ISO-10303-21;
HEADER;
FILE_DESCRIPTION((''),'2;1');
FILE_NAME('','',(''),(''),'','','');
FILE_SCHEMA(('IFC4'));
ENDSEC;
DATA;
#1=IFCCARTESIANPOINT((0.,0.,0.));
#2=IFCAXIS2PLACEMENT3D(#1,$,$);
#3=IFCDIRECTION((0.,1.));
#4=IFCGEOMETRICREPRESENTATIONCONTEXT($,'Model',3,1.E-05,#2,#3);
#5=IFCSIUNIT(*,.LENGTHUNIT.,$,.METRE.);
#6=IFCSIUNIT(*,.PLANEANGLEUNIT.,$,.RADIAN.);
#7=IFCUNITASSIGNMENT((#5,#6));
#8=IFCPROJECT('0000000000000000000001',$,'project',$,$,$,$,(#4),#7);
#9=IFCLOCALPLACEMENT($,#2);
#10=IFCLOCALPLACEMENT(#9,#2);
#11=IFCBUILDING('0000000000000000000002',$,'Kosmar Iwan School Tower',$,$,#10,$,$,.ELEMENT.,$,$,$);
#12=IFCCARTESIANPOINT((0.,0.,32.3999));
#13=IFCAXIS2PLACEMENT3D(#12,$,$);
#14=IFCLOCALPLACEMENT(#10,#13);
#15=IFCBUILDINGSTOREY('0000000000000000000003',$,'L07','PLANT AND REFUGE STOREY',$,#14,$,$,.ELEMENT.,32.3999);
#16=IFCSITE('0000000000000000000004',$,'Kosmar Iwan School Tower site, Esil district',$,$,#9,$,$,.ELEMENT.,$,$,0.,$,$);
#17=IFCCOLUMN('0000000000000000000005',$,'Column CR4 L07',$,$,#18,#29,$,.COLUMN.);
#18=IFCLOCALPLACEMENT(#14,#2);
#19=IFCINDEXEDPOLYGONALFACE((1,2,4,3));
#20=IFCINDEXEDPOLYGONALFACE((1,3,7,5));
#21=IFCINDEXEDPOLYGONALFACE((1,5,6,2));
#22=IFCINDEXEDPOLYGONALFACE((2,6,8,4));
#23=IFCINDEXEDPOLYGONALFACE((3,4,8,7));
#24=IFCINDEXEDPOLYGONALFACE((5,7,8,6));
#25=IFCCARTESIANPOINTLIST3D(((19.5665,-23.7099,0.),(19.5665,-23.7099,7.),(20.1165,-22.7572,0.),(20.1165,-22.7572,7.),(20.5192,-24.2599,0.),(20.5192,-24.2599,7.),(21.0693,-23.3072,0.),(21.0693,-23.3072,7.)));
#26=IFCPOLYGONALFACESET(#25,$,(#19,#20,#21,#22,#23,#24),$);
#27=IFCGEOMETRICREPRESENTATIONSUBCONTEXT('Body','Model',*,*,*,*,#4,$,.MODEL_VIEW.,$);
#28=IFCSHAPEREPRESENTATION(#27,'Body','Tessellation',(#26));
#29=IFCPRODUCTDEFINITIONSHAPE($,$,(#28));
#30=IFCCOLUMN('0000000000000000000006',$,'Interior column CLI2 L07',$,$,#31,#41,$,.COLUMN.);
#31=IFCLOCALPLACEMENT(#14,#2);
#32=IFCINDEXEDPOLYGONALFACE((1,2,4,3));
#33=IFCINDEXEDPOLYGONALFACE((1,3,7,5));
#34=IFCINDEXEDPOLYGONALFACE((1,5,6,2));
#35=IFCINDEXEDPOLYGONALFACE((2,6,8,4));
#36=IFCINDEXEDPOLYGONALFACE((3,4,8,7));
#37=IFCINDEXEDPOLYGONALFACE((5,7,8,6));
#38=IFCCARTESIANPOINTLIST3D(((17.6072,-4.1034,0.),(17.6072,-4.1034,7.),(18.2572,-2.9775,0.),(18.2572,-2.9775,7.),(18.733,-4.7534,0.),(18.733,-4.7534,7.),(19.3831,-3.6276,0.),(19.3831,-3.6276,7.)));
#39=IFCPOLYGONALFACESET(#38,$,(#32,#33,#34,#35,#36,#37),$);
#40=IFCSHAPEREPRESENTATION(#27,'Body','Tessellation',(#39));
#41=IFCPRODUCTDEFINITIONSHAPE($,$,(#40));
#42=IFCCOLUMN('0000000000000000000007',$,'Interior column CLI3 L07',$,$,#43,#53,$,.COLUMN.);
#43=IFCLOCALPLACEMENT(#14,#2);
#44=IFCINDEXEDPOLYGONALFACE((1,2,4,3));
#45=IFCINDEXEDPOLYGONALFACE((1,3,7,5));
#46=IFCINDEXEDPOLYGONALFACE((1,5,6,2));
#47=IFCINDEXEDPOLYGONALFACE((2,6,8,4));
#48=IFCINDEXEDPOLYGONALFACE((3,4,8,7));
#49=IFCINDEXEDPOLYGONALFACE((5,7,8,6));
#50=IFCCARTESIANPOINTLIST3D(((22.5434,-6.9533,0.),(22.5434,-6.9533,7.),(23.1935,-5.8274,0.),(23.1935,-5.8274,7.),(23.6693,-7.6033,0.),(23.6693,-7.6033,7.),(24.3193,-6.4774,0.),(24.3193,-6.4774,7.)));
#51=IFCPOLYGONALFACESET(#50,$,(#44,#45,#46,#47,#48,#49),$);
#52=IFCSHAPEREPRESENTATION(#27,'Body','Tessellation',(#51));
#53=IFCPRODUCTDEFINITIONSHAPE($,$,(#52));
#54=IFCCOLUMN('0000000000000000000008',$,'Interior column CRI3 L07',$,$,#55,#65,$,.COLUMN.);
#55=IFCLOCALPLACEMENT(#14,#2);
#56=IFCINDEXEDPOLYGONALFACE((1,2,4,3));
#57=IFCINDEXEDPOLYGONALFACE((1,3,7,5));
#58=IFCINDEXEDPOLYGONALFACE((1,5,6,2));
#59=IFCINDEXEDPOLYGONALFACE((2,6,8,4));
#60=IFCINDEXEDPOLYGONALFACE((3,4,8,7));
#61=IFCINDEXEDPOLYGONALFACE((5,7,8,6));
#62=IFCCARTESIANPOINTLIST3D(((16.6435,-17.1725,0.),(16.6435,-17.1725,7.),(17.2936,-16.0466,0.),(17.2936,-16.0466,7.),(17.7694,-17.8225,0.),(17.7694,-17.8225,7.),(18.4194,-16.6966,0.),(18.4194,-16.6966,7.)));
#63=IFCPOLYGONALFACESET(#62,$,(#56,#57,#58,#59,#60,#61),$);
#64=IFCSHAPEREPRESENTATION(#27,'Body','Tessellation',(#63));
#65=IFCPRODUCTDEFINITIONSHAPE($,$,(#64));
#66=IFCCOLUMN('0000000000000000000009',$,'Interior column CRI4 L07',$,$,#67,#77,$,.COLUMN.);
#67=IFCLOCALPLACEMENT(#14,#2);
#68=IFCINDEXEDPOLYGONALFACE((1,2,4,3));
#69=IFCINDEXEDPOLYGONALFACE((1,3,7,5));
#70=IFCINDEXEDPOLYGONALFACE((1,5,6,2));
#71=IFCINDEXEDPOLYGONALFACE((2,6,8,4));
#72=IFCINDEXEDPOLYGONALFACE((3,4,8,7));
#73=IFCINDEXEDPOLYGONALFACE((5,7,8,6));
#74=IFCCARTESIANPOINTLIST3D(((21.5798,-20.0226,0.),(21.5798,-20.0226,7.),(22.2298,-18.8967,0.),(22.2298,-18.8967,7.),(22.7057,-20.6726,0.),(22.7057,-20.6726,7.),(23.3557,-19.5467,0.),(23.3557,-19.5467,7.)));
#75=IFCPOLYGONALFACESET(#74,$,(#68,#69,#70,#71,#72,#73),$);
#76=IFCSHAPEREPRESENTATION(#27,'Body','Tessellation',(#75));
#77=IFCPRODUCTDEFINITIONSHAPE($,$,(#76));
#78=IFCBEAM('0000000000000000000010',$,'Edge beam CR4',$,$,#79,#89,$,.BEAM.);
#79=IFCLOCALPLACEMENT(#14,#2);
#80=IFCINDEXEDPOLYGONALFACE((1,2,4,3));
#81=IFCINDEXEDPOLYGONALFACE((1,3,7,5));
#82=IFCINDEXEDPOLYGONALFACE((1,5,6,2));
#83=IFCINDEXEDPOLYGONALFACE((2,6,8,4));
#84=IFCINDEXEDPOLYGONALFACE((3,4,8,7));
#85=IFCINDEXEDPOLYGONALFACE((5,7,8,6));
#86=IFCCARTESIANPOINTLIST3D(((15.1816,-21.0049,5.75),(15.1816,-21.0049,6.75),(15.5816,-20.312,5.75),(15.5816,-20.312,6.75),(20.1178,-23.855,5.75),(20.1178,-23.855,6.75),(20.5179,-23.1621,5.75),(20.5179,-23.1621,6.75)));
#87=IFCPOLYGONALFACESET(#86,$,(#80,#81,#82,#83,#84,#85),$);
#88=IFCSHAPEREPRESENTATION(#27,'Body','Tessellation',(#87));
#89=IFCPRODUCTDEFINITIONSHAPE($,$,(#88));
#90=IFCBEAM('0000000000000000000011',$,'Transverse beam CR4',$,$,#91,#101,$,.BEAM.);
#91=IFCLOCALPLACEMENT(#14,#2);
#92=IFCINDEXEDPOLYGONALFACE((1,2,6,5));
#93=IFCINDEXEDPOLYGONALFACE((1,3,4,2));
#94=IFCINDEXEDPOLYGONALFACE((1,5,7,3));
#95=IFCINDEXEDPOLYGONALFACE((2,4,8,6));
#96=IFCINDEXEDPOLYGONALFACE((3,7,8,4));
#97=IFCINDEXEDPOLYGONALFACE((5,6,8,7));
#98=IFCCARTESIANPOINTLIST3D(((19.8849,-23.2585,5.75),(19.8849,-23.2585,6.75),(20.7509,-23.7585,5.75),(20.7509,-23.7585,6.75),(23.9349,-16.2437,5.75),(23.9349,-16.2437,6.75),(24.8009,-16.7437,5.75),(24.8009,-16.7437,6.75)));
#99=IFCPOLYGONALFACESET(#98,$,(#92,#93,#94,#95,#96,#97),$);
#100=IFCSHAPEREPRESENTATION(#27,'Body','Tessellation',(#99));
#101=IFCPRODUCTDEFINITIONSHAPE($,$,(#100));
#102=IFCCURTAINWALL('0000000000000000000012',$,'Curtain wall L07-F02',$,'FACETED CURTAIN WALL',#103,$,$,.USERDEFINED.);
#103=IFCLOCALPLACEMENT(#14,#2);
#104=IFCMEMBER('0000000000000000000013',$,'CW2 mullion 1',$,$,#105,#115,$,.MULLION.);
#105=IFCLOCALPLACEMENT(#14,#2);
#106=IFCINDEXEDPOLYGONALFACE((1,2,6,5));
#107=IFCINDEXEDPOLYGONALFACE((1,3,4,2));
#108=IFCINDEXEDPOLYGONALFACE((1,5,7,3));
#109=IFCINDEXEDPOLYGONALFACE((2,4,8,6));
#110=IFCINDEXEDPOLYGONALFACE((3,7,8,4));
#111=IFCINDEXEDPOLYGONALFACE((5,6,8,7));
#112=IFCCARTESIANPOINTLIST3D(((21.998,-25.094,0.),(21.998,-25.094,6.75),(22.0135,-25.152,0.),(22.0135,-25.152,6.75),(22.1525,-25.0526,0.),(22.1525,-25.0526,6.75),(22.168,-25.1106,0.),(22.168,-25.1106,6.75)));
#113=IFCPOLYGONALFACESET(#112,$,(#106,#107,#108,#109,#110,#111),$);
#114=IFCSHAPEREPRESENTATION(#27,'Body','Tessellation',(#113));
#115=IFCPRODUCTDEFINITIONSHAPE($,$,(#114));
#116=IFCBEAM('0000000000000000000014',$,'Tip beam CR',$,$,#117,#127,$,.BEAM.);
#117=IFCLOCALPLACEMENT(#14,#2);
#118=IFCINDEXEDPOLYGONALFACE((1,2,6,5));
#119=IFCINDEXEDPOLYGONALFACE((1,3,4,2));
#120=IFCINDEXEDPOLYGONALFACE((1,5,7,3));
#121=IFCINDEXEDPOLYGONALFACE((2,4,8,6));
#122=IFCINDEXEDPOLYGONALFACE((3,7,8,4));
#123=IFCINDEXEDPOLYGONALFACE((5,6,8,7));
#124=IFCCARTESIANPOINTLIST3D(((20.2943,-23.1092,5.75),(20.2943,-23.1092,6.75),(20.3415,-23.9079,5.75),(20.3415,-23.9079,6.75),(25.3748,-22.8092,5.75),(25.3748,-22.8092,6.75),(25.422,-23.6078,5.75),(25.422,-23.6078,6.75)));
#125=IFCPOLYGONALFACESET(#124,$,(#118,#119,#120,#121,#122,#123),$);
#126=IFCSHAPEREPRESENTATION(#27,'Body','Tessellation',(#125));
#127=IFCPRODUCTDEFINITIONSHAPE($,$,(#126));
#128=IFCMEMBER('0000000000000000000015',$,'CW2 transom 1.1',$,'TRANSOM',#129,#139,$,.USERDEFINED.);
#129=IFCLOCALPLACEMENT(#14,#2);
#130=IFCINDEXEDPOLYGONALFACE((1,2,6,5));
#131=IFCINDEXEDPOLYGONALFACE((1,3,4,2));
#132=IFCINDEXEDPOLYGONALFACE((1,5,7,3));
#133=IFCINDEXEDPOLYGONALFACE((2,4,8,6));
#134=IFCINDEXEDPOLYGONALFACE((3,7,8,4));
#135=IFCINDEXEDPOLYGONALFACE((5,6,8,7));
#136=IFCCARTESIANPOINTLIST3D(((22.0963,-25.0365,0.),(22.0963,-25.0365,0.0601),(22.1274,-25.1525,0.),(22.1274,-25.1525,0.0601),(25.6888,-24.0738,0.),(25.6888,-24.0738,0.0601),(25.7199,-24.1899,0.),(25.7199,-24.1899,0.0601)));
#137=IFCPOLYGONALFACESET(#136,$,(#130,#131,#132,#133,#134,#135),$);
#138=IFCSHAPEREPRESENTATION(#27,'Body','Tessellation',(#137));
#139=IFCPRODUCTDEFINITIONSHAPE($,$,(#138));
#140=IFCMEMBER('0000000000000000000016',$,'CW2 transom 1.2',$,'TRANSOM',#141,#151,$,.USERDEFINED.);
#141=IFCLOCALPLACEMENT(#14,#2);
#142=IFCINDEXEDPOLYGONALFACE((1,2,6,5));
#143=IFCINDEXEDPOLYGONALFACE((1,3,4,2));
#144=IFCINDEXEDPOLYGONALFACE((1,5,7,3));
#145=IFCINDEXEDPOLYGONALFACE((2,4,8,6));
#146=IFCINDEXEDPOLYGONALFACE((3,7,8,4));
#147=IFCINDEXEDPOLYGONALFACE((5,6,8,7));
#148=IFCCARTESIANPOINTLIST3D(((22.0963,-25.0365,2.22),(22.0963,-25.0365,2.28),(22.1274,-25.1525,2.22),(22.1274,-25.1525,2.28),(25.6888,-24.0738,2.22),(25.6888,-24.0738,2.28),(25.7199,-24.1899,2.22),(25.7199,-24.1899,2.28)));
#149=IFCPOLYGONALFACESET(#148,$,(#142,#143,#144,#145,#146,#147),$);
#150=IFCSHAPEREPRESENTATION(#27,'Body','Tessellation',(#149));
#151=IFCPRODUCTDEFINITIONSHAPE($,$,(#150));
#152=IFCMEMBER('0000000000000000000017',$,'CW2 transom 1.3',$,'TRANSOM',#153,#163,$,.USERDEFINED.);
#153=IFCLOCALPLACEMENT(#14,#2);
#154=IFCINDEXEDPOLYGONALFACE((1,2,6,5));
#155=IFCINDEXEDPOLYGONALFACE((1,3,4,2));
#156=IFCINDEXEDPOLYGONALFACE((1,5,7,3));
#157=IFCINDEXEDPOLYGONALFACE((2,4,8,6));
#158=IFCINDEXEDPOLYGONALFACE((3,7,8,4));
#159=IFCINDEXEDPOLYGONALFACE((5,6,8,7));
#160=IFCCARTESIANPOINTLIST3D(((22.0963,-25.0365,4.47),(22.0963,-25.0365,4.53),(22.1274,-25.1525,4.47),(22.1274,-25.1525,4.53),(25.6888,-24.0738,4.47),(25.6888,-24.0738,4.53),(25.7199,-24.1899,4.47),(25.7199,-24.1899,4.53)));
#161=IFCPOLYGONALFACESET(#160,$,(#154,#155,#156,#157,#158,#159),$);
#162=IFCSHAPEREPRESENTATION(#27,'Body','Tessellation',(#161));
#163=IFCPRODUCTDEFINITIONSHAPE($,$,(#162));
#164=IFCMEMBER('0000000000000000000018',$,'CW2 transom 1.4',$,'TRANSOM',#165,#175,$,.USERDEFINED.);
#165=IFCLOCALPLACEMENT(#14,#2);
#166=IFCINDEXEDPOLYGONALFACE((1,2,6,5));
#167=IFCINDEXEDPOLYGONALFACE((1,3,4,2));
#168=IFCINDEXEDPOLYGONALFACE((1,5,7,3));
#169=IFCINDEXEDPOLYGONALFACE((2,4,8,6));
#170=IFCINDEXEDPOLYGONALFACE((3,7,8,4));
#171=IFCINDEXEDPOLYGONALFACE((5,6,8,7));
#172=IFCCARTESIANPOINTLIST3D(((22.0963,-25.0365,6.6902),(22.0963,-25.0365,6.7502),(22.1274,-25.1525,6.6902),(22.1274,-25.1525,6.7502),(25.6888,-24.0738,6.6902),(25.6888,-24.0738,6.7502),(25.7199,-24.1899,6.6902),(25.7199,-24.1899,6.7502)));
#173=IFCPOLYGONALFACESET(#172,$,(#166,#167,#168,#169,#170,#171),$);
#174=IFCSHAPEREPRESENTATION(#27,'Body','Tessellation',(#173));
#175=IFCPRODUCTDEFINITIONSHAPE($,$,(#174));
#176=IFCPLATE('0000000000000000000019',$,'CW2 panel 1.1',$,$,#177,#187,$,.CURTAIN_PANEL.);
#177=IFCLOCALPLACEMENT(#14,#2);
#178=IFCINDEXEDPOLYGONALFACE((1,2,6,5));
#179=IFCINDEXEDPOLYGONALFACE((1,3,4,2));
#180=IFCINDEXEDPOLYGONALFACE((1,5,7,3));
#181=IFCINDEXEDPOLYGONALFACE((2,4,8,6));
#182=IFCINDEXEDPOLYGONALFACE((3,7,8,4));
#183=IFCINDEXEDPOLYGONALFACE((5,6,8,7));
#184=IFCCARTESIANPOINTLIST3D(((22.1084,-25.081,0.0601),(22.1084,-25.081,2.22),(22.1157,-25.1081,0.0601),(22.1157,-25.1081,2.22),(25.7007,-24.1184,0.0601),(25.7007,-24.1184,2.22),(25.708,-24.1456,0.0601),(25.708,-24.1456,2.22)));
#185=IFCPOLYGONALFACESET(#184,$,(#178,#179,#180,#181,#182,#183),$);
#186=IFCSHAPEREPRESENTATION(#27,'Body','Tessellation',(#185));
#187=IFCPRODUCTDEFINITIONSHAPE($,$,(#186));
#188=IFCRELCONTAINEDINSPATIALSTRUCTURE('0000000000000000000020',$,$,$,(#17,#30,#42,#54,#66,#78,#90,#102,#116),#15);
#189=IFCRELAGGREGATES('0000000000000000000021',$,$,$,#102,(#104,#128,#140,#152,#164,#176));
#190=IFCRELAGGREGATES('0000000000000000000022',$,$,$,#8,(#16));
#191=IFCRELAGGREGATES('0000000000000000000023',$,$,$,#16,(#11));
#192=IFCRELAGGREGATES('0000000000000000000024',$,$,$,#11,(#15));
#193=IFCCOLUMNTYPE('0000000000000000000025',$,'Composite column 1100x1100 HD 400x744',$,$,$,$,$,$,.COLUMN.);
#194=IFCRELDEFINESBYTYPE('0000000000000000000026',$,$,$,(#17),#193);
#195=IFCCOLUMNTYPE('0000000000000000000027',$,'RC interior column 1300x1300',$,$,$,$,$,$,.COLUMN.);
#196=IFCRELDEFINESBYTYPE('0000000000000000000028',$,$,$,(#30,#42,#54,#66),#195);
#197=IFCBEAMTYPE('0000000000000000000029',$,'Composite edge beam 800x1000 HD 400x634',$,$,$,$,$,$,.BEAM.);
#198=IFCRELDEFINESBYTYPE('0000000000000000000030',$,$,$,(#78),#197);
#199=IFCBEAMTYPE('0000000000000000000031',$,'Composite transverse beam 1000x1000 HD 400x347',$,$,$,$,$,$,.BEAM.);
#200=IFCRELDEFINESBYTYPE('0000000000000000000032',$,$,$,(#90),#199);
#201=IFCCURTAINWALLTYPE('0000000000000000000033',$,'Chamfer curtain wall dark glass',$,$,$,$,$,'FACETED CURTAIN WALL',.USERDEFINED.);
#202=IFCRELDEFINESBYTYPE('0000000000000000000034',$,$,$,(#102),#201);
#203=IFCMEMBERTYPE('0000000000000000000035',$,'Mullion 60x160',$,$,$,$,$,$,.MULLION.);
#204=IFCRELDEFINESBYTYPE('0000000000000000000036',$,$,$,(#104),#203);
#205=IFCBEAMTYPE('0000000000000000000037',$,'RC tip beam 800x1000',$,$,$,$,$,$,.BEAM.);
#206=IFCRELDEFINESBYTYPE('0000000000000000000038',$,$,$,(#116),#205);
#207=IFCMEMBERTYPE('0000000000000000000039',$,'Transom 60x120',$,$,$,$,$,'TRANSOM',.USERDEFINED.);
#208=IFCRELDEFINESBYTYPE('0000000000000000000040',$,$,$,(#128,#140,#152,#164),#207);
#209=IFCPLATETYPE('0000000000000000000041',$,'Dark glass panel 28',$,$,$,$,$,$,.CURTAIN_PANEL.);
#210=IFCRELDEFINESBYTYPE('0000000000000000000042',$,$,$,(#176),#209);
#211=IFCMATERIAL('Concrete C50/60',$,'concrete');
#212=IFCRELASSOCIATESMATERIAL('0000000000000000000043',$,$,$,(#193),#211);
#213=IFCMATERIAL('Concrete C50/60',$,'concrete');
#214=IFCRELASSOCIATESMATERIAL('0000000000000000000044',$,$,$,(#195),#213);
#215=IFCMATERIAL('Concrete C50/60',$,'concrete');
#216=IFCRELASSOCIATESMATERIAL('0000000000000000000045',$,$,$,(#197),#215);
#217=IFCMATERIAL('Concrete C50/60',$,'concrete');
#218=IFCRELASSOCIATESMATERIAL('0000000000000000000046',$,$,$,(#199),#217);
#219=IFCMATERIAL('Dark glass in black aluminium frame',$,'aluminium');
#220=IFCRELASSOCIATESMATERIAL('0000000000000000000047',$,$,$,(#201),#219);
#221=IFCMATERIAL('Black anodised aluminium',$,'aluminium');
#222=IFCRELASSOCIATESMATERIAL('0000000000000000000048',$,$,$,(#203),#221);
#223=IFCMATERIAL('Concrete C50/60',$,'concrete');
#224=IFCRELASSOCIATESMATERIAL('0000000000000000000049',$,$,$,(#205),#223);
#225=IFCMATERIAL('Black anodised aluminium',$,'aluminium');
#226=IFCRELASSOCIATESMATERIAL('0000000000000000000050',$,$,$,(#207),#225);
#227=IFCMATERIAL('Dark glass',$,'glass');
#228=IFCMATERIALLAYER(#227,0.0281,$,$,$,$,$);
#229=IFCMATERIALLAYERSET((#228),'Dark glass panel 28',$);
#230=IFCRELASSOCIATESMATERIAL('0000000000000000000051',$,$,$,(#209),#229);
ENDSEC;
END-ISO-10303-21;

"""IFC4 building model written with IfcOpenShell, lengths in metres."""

from ifc_helpers import new_model, si_unit, direction, frame, origin, origin_2d, place, context, subcontext, project, spatial, rectangle, extrude, material, layer, layer_set, material_profile, profile_set, type_object, element, aggregate, save


model = new_model("IFC4")

# Units and contexts
model_context = context("Model", 3, precision=1e-05, world=origin(), true_north=direction((0.0, 1.0)))
body_context = subcontext(model_context, "Body", "Model", "MODEL_VIEW")
ifc_project = project(units=[si_unit("LENGTHUNIT", "METRE"), si_unit("PLANEANGLEUNIT", "RADIAN")], contexts=[model_context])

# Site, building, storey
site_placement = place(None, origin())
site = spatial("IfcSite", under=ifc_project, at=site_placement, Name="Kosmar Iwan School Tower site, Esil district", CompositionType="ELEMENT", RefElevation=0.0)
building_placement = place(site_placement, origin())
building = spatial("IfcBuilding", under=site, at=building_placement, Name="Kosmar Iwan School Tower", CompositionType="ELEMENT")
storey_placement = place(building_placement, frame((0.0, 0.0, 32.3999)))
storey = spatial("IfcBuildingStorey", under=building, at=storey_placement, Name="L07", Description="PLANT AND REFUGE STOREY", CompositionType="ELEMENT", Elevation=32.3999)

# Columns
ifc_material_1 = material(Name="Concrete C50/60", Category="concrete")
ifc_material_profile_1 = material_profile(ifc_material_1, rectangle(XDim=1.1001, YDim=1.1001, at=origin_2d()), Name="RC 1100x1100 + HD 400x744")
ifc_profile_set_1 = profile_set([ifc_material_profile_1], Name="Concrete C50/60")
column_type_1 = type_object("IfcColumnType", Name="Composite column 1100x1100 HD 400x744", PredefinedType="COLUMN", material=ifc_profile_set_1)
column_placement = place(storey_placement, frame((20.3179, -23.5085, 0.0), z_axis=(0.0, 0.0, 1.0), x_axis=(0.866025, -0.5, 0.0)))
element("IfcColumn", 1, at=column_placement, inside=storey, type_object=column_type_1, Name="Column CR4 L07", PredefinedType="COLUMN", context=body_context, shape_type="SweptSolid", body=[
    extrude(rectangle(XDim=1.1001, YDim=1.1001, at=origin_2d()), origin(), (0.0, 0.0, 1.0), 7.0),
])
ifc_material_2 = material(Name="Concrete C50/60", Category="concrete")
ifc_material_profile_2 = material_profile(ifc_material_2, rectangle(XDim=1.3, YDim=1.3, at=origin_2d()), Name="RC 1300x1300")
ifc_profile_set_2 = profile_set([ifc_material_profile_2], Name="Concrete C50/60")
column_type_2 = type_object("IfcColumnType", Name="RC interior column 1300x1300", PredefinedType="COLUMN", material=ifc_profile_set_2)
for number, where, z_axis, x_axis, name in (
    (2, (18.4951, -3.8655, 0.0), (0.0, 0.0, 1.0), (0.866025, -0.5, 0.0), "Interior column CLI2 L07"),
    (3, (23.4314, -6.7153, 0.0), (0.0, 0.0, 1.0), (0.866025, -0.5, 0.0), "Interior column CLI3 L07"),
    (4, (17.5315, -16.9346, 0.0), (0.0, 0.0, 1.0), (0.866025, -0.5, 0.0), "Interior column CRI3 L07"),
    (5, (22.4678, -19.7847, 0.0), (0.0, 0.0, 1.0), (0.866025, -0.5, 0.0), "Interior column CRI4 L07"),
):
    element("IfcColumn", number, at=place(storey_placement, frame(where, z_axis=z_axis, x_axis=x_axis)), inside=storey, type_object=column_type_2, Name=name, PredefinedType="COLUMN", context=body_context, shape_type="SweptSolid", body=[
        extrude(rectangle(XDim=1.3, YDim=1.3, at=origin_2d()), origin(), (0.0, 0.0, 1.0), 7.0),
    ])

# Beams
ifc_material_3 = material(Name="Concrete C50/60", Category="concrete")
ifc_material_profile_3 = material_profile(ifc_material_3, rectangle(XDim=0.8, YDim=1.0, at=origin_2d()), Name="RC 800x1000 + HD 400x634")
ifc_profile_set_3 = profile_set([ifc_material_profile_3], Name="Concrete C50/60")
beam_type_1 = type_object("IfcBeamType", Name="Composite edge beam 800x1000 HD 400x634", PredefinedType="BEAM", material=ifc_profile_set_3)
beam_1_placement = place(storey_placement, frame((15.3816, -20.6584, 6.25), z_axis=(0.866015, -0.500018, 0.0), x_axis=(0.500018, 0.866015, 0.0)))
element("IfcBeam", 6, at=beam_1_placement, inside=storey, type_object=beam_type_1, Name="Edge beam CR4", PredefinedType="BEAM", context=body_context, shape_type="SweptSolid", body=[
    extrude(rectangle(XDim=0.8, YDim=1.0, at=origin_2d()), origin(), (0.0, 0.0, 1.0), 5.7),
])
ifc_material_4 = material(Name="Concrete C50/60", Category="concrete")
ifc_material_profile_4 = material_profile(ifc_material_4, rectangle(XDim=1.0, YDim=1.0, at=origin_2d()), Name="RC 1000x1000 + HD 400x347")
ifc_profile_set_4 = profile_set([ifc_material_profile_4], Name="Concrete C50/60")
beam_type_2 = type_object("IfcBeamType", Name="Composite transverse beam 1000x1000 HD 400x347", PredefinedType="BEAM", material=ifc_profile_set_4)
beam_2_placement = place(storey_placement, frame((20.3179, -23.5085, 6.25), z_axis=(0.5, 0.866025, 0.0), x_axis=(-0.866025, 0.5, 0.0)))
element("IfcBeam", 7, at=beam_2_placement, inside=storey, type_object=beam_type_2, Name="Transverse beam CR4", PredefinedType="BEAM", context=body_context, shape_type="SweptSolid", body=[
    extrude(rectangle(XDim=1.0, YDim=1.0, at=origin_2d()), origin(), (0.0, 0.0, 1.0), 8.1001),
])

# Curtain wall, member
ifc_material_5 = material(Name="Dark glass in black aluminium frame", Category="aluminium")
curtain_wall_type = type_object("IfcCurtainWallType", Name="Chamfer curtain wall dark glass", ElementType="FACETED CURTAIN WALL", PredefinedType="USERDEFINED", material=ifc_material_5)
curtain_wall_placement = place(storey_placement, origin())
curtain_wall = element("IfcCurtainWall", 8, at=curtain_wall_placement, inside=storey, type_object=curtain_wall_type, Name="Curtain wall L07-F02", ObjectType="FACETED CURTAIN WALL", PredefinedType="USERDEFINED")
ifc_material_6 = material(Name="Black anodised aluminium", Category="aluminium")
ifc_material_profile_5 = material_profile(ifc_material_6, rectangle(XDim=0.0601, YDim=0.1599, at=origin_2d()), Name="MULLION 60x160")
ifc_profile_set_5 = profile_set([ifc_material_profile_5], Name="Black anodised aluminium")
member_type_1 = type_object("IfcMemberType", Name="Mullion 60x160", PredefinedType="MULLION", material=ifc_profile_set_5)
member_1_placement = place(storey_placement, frame((22.083, -25.1023, 0.0), z_axis=(0.0, 0.0, 1.0), x_axis=(-0.258819, 0.965926, 0.0)))
member_1 = element("IfcMember", 9, at=member_1_placement, type_object=member_type_1, Name="CW2 mullion 1", PredefinedType="MULLION", context=body_context, shape_type="SweptSolid", body=[
    extrude(rectangle(XDim=0.0601, YDim=0.1599, at=origin_2d()), origin(), (0.0, 0.0, 1.0), 6.75),
])

# Beam
ifc_material_7 = material(Name="Concrete C50/60", Category="concrete")
ifc_material_profile_6 = material_profile(ifc_material_7, rectangle(XDim=0.8, YDim=1.0, at=origin_2d()), Name="RC 800x1000")
ifc_profile_set_6 = profile_set([ifc_material_profile_6], Name="Concrete C50/60")
beam_type_3 = type_object("IfcBeamType", Name="RC tip beam 800x1000", PredefinedType="BEAM", material=ifc_profile_set_6)
beam_3_placement = place(storey_placement, frame((20.3179, -23.5085, 6.25), z_axis=(0.998261, 0.058955, 0.0), x_axis=(-0.058955, 0.998261, 0.0)))
element("IfcBeam", 10, at=beam_3_placement, inside=storey, type_object=beam_type_3, Name="Tip beam CR", PredefinedType="BEAM", context=body_context, shape_type="SweptSolid", body=[
    extrude(rectangle(XDim=0.8, YDim=1.0, at=origin_2d()), origin(), (0.0, 0.0, 1.0), 5.0894),
])

# Members
ifc_material_8 = material(Name="Black anodised aluminium", Category="aluminium")
ifc_material_profile_7 = material_profile(ifc_material_8, rectangle(XDim=0.1201, YDim=0.0601, at=origin_2d()), Name="TRANSOM 60x120")
ifc_profile_set_7 = profile_set([ifc_material_profile_7], Name="Black anodised aluminium")
member_type_2 = type_object("IfcMemberType", Name="Transom 60x120", ElementType="TRANSOM", PredefinedType="USERDEFINED", material=ifc_profile_set_7)
member_2_placement = place(storey_placement, frame((22.1118, -25.0945, 0.03), z_axis=(0.965924, 0.258827, 0.0), x_axis=(-0.258827, 0.965924, 0.0)))
member_2 = element("IfcMember", 11, at=member_2_placement, type_object=member_type_2, Name="CW2 transom 1.1", ObjectType="TRANSOM", PredefinedType="USERDEFINED", context=body_context, shape_type="SweptSolid", body=[
    extrude(rectangle(XDim=0.1201, YDim=0.0601, at=origin_2d()), origin(), (0.0, 0.0, 1.0), 3.7192),
])
member_3_placement = place(storey_placement, frame((22.1118, -25.0945, 2.25), z_axis=(0.965924, 0.258827, 0.0), x_axis=(-0.258827, 0.965924, 0.0)))
member_3 = element("IfcMember", 12, at=member_3_placement, type_object=member_type_2, Name="CW2 transom 1.2", ObjectType="TRANSOM", PredefinedType="USERDEFINED", context=body_context, shape_type="SweptSolid", body=[
    extrude(rectangle(XDim=0.1201, YDim=0.0601, at=origin_2d()), origin(), (0.0, 0.0, 1.0), 3.7192),
])
member_4_placement = place(storey_placement, frame((22.1118, -25.0945, 4.5), z_axis=(0.965924, 0.258827, 0.0), x_axis=(-0.258827, 0.965924, 0.0)))
member_4 = element("IfcMember", 13, at=member_4_placement, type_object=member_type_2, Name="CW2 transom 1.3", ObjectType="TRANSOM", PredefinedType="USERDEFINED", context=body_context, shape_type="SweptSolid", body=[
    extrude(rectangle(XDim=0.1201, YDim=0.0601, at=origin_2d()), origin(), (0.0, 0.0, 1.0), 3.7192),
])
member_5_placement = place(storey_placement, frame((22.1118, -25.0945, 6.7202), z_axis=(0.965924, 0.258827, 0.0), x_axis=(-0.258827, 0.965924, 0.0)))
member_5 = element("IfcMember", 14, at=member_5_placement, type_object=member_type_2, Name="CW2 transom 1.4", ObjectType="TRANSOM", PredefinedType="USERDEFINED", context=body_context, shape_type="SweptSolid", body=[
    extrude(rectangle(XDim=0.1201, YDim=0.0601, at=origin_2d()), origin(), (0.0, 0.0, 1.0), 3.7192),
])

# Plate
ifc_material_9 = material(Name="Dark glass", Category="glass")
ifc_layer_1 = layer(ifc_material_9, 0.0281)
ifc_layer_set_1 = layer_set([ifc_layer_1], Name="Dark glass panel 28")
plate_type = type_object("IfcPlateType", Name="Dark glass panel 28", PredefinedType="CURTAIN_PANEL", material=ifc_layer_set_1)
plate_1_placement = place(storey_placement, frame((23.9082, -24.6133, 0.0601), z_axis=(0.0, 0.0, 1.0), x_axis=(0.965926, 0.258819, 0.0)))
plate_1 = element("IfcPlate", 15, at=plate_1_placement, type_object=plate_type, Name="CW2 panel 1.1", PredefinedType="CURTAIN_PANEL", context=body_context, shape_type="SweptSolid", body=[
    extrude(rectangle(XDim=3.719, YDim=0.0281, at=origin_2d()), origin(), (0.0, 0.0, 1.0), 2.1599),
])
aggregate(curtain_wall, [member_1, member_2, member_3, member_4, member_5, plate_1])

save(model, "model.ifc")
